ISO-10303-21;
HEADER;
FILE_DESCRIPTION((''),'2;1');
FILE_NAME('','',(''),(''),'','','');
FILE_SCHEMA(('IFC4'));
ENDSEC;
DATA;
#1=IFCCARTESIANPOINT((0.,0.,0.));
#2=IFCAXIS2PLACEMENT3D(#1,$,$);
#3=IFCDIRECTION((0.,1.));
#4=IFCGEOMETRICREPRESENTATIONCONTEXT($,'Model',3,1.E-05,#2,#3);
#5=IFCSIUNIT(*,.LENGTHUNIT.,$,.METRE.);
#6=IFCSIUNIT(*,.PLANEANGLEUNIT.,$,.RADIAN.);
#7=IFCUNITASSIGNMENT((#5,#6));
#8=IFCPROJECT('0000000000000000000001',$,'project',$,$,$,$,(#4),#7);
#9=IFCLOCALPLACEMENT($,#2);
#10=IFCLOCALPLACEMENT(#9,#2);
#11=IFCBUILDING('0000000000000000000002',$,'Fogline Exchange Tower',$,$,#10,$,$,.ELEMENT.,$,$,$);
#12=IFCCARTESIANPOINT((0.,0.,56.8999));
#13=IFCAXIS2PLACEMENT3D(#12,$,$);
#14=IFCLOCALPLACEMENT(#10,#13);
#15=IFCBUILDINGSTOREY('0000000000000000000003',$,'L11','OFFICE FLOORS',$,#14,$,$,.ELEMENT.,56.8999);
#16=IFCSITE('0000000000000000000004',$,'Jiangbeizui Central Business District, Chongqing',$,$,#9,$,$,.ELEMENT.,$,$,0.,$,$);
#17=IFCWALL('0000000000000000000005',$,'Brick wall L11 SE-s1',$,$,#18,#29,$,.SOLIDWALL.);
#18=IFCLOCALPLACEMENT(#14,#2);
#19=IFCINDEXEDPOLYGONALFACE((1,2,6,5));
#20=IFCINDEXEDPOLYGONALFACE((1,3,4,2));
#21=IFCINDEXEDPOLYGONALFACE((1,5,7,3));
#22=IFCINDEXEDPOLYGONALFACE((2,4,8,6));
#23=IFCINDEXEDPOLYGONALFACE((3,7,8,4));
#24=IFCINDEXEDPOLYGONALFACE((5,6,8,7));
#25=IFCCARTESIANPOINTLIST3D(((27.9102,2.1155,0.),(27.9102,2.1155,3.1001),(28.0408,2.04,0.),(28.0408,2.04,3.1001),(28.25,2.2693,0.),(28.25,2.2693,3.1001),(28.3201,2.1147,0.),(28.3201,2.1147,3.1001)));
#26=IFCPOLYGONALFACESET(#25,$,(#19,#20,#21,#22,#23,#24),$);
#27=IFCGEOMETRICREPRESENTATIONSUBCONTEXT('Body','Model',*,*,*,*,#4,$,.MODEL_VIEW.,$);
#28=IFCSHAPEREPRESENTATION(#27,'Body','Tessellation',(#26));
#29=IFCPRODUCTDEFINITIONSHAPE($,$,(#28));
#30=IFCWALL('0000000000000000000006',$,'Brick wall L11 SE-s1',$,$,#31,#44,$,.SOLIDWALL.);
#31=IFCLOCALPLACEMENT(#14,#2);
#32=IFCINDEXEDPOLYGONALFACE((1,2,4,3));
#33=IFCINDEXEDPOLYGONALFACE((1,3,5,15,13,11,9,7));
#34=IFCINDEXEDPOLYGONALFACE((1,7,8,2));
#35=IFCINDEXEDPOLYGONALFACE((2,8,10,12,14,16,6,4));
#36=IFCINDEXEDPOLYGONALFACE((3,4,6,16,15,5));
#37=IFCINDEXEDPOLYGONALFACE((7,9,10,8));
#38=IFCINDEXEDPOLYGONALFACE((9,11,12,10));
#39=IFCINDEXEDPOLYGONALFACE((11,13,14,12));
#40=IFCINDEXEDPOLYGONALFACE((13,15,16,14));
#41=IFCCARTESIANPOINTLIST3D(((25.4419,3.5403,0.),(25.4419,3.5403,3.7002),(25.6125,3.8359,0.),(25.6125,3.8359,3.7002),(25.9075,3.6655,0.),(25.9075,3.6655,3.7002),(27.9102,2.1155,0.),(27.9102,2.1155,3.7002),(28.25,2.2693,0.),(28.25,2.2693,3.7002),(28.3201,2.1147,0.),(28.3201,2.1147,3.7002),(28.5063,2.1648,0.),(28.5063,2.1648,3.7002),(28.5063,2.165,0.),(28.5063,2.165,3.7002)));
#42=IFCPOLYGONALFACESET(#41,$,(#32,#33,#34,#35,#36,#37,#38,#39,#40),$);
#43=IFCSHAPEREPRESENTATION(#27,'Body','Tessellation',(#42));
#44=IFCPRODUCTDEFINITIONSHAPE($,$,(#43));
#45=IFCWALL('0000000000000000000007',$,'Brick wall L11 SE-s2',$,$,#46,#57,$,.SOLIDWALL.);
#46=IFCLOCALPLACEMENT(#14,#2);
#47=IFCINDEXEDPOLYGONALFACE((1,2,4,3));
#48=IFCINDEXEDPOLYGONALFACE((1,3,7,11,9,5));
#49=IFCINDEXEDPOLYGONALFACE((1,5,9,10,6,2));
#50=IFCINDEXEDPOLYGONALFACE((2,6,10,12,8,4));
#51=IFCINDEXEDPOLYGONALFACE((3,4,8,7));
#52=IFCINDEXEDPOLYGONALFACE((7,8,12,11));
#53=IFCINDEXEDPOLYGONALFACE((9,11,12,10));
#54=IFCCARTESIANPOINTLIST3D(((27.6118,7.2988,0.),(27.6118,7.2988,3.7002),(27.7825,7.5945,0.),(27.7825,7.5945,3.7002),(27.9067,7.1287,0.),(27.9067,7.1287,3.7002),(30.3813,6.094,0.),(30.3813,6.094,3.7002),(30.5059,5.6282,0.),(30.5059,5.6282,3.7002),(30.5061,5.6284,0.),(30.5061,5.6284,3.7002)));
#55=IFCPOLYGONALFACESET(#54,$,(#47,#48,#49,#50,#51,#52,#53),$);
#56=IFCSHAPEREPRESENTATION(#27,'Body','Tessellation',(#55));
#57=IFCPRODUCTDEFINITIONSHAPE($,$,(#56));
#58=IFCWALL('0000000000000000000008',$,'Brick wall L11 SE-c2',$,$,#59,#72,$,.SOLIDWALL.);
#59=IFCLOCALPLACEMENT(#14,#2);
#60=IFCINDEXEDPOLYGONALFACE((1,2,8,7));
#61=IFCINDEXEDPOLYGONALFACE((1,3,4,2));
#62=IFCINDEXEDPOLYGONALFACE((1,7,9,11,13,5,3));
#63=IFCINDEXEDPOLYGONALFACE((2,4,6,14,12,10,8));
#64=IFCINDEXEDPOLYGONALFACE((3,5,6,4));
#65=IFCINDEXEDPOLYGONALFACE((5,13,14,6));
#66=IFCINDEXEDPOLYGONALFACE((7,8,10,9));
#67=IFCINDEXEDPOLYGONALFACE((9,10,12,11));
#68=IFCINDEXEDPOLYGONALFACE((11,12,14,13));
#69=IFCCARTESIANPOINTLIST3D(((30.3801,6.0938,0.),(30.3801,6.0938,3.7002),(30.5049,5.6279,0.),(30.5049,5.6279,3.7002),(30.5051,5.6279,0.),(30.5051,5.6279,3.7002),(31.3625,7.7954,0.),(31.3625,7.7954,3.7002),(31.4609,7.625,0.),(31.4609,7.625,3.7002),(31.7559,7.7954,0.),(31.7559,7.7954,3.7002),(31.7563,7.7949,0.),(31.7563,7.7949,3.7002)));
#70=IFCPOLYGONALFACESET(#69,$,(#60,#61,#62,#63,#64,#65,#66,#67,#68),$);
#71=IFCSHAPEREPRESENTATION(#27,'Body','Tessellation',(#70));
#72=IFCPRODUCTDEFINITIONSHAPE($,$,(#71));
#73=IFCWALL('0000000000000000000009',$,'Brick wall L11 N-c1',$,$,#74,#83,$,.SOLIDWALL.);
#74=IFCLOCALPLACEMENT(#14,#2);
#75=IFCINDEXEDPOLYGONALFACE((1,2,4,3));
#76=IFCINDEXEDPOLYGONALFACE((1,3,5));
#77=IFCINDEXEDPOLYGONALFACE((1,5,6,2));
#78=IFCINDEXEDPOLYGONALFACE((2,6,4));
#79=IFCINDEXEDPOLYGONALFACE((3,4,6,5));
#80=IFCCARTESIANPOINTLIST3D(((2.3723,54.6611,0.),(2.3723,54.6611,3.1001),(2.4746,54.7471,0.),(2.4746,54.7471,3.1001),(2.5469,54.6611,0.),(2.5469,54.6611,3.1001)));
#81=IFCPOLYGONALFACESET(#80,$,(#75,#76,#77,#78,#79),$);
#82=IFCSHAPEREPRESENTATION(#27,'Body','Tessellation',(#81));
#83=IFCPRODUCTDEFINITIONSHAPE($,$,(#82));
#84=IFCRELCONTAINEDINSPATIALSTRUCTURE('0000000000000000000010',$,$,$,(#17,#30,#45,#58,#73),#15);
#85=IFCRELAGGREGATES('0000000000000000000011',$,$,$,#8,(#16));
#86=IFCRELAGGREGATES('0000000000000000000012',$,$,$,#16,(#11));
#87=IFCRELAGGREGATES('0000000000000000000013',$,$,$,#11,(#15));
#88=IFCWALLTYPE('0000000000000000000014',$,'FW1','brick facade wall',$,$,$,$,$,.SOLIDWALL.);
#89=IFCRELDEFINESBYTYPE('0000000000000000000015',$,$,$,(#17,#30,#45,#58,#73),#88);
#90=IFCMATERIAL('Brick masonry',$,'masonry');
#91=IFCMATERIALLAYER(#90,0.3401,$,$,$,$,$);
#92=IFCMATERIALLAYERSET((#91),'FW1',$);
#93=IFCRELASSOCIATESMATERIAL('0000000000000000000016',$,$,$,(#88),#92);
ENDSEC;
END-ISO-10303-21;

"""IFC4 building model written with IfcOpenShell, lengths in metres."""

from ifc_helpers import new_model, si_unit, direction, frame, origin, place, context, subcontext, project, spatial, polyline, outline, extrude, material, layer, layer_set, type_object, element, save


model = new_model("IFC4")

# Units and contexts
model_context = context("Model", 3, precision=1e-05, world=origin(), true_north=direction((0.0, 1.0)))
body_context = subcontext(model_context, "Body", "Model", "MODEL_VIEW")
ifc_project = project(units=[si_unit("LENGTHUNIT", "METRE"), si_unit("PLANEANGLEUNIT", "RADIAN")], contexts=[model_context])

# Site, building, storey
site_placement = place(None, origin())
site = spatial("IfcSite", under=ifc_project, at=site_placement, Name="Jiangbeizui Central Business District, Chongqing", CompositionType="ELEMENT", RefElevation=0.0)
building_placement = place(site_placement, origin())
building = spatial("IfcBuilding", under=site, at=building_placement, Name="Fogline Exchange Tower", CompositionType="ELEMENT")
storey_placement = place(building_placement, frame((0.0, 0.0, 56.8999)))
storey = spatial("IfcBuildingStorey", under=building, at=storey_placement, Name="L11", Description="OFFICE FLOORS", CompositionType="ELEMENT", Elevation=56.8999)

# Walls
ifc_material_1 = material(Name="Brick masonry", Category="masonry")
ifc_layer_1 = layer(ifc_material_1, 0.3401)
ifc_layer_set_1 = layer_set([ifc_layer_1], Name="FW1")
wall_type = type_object("IfcWallType", Name="FW1", Description="brick facade wall", PredefinedType="SOLIDWALL", material=ifc_layer_set_1)
wall_1_placement = place(storey_placement, origin())
element("IfcWall", 1, at=wall_1_placement, inside=storey, type_object=wall_type, Name="Brick wall L11 SE-s1", PredefinedType="SOLIDWALL", context=body_context, shape_type="SweptSolid", body=[
    extrude(outline(polyline([(28.0408, 2.04), (27.9102, 2.1155), (28.25, 2.2693), (28.3201, 2.1147), (28.0408, 2.04)])), origin(), (0.0, 0.0, 1.0), 3.1001),
])
wall_2_placement = place(storey_placement, origin())
element("IfcWall", 2, at=wall_2_placement, inside=storey, type_object=wall_type, Name="Brick wall L11 SE-s1", PredefinedType="SOLIDWALL", context=body_context, shape_type="SweptSolid", body=[
    extrude(outline(polyline([(25.6125, 3.8359), (25.9075, 3.6655), (28.5063, 2.165), (28.5063, 2.1648), (28.3201, 2.1147), (28.25, 2.2693), (27.9102, 2.1155), (25.4419, 3.5403), (25.6125, 3.8359)])), origin(), (0.0, 0.0, 1.0), 3.7002),
])
wall_3_placement = place(storey_placement, origin())
element("IfcWall", 3, at=wall_3_placement, inside=storey, type_object=wall_type, Name="Brick wall L11 SE-s2", PredefinedType="SOLIDWALL", context=body_context, shape_type="SweptSolid", body=[
    extrude(outline(polyline([(30.5059, 5.6282), (27.9067, 7.1287), (27.6118, 7.2988), (27.7825, 7.5945), (30.3813, 6.094), (30.5061, 5.6284), (30.5059, 5.6282)])), origin(), (0.0, 0.0, 1.0), 3.7002),
])
wall_4_placement = place(storey_placement, origin())
element("IfcWall", 4, at=wall_4_placement, inside=storey, type_object=wall_type, Name="Brick wall L11 SE-c2", PredefinedType="SOLIDWALL", context=body_context, shape_type="SweptSolid", body=[
    extrude(outline(polyline([(31.3625, 7.7954), (31.4609, 7.625), (31.7559, 7.7954), (31.7563, 7.7949), (30.5051, 5.6279), (30.5049, 5.6279), (30.3801, 6.0938), (31.3625, 7.7954)])), origin(), (0.0, 0.0, 1.0), 3.7002),
])
wall_5_placement = place(storey_placement, origin())
element("IfcWall", 5, at=wall_5_placement, inside=storey, type_object=wall_type, Name="Brick wall L11 N-c1", PredefinedType="SOLIDWALL", context=body_context, shape_type="SweptSolid", body=[
    extrude(outline(polyline([(2.3723, 54.6611), (2.4746, 54.7471), (2.5469, 54.6611), (2.3723, 54.6611)])), origin(), (0.0, 0.0, 1.0), 3.1001),
])

save(model, "model.ifc")
